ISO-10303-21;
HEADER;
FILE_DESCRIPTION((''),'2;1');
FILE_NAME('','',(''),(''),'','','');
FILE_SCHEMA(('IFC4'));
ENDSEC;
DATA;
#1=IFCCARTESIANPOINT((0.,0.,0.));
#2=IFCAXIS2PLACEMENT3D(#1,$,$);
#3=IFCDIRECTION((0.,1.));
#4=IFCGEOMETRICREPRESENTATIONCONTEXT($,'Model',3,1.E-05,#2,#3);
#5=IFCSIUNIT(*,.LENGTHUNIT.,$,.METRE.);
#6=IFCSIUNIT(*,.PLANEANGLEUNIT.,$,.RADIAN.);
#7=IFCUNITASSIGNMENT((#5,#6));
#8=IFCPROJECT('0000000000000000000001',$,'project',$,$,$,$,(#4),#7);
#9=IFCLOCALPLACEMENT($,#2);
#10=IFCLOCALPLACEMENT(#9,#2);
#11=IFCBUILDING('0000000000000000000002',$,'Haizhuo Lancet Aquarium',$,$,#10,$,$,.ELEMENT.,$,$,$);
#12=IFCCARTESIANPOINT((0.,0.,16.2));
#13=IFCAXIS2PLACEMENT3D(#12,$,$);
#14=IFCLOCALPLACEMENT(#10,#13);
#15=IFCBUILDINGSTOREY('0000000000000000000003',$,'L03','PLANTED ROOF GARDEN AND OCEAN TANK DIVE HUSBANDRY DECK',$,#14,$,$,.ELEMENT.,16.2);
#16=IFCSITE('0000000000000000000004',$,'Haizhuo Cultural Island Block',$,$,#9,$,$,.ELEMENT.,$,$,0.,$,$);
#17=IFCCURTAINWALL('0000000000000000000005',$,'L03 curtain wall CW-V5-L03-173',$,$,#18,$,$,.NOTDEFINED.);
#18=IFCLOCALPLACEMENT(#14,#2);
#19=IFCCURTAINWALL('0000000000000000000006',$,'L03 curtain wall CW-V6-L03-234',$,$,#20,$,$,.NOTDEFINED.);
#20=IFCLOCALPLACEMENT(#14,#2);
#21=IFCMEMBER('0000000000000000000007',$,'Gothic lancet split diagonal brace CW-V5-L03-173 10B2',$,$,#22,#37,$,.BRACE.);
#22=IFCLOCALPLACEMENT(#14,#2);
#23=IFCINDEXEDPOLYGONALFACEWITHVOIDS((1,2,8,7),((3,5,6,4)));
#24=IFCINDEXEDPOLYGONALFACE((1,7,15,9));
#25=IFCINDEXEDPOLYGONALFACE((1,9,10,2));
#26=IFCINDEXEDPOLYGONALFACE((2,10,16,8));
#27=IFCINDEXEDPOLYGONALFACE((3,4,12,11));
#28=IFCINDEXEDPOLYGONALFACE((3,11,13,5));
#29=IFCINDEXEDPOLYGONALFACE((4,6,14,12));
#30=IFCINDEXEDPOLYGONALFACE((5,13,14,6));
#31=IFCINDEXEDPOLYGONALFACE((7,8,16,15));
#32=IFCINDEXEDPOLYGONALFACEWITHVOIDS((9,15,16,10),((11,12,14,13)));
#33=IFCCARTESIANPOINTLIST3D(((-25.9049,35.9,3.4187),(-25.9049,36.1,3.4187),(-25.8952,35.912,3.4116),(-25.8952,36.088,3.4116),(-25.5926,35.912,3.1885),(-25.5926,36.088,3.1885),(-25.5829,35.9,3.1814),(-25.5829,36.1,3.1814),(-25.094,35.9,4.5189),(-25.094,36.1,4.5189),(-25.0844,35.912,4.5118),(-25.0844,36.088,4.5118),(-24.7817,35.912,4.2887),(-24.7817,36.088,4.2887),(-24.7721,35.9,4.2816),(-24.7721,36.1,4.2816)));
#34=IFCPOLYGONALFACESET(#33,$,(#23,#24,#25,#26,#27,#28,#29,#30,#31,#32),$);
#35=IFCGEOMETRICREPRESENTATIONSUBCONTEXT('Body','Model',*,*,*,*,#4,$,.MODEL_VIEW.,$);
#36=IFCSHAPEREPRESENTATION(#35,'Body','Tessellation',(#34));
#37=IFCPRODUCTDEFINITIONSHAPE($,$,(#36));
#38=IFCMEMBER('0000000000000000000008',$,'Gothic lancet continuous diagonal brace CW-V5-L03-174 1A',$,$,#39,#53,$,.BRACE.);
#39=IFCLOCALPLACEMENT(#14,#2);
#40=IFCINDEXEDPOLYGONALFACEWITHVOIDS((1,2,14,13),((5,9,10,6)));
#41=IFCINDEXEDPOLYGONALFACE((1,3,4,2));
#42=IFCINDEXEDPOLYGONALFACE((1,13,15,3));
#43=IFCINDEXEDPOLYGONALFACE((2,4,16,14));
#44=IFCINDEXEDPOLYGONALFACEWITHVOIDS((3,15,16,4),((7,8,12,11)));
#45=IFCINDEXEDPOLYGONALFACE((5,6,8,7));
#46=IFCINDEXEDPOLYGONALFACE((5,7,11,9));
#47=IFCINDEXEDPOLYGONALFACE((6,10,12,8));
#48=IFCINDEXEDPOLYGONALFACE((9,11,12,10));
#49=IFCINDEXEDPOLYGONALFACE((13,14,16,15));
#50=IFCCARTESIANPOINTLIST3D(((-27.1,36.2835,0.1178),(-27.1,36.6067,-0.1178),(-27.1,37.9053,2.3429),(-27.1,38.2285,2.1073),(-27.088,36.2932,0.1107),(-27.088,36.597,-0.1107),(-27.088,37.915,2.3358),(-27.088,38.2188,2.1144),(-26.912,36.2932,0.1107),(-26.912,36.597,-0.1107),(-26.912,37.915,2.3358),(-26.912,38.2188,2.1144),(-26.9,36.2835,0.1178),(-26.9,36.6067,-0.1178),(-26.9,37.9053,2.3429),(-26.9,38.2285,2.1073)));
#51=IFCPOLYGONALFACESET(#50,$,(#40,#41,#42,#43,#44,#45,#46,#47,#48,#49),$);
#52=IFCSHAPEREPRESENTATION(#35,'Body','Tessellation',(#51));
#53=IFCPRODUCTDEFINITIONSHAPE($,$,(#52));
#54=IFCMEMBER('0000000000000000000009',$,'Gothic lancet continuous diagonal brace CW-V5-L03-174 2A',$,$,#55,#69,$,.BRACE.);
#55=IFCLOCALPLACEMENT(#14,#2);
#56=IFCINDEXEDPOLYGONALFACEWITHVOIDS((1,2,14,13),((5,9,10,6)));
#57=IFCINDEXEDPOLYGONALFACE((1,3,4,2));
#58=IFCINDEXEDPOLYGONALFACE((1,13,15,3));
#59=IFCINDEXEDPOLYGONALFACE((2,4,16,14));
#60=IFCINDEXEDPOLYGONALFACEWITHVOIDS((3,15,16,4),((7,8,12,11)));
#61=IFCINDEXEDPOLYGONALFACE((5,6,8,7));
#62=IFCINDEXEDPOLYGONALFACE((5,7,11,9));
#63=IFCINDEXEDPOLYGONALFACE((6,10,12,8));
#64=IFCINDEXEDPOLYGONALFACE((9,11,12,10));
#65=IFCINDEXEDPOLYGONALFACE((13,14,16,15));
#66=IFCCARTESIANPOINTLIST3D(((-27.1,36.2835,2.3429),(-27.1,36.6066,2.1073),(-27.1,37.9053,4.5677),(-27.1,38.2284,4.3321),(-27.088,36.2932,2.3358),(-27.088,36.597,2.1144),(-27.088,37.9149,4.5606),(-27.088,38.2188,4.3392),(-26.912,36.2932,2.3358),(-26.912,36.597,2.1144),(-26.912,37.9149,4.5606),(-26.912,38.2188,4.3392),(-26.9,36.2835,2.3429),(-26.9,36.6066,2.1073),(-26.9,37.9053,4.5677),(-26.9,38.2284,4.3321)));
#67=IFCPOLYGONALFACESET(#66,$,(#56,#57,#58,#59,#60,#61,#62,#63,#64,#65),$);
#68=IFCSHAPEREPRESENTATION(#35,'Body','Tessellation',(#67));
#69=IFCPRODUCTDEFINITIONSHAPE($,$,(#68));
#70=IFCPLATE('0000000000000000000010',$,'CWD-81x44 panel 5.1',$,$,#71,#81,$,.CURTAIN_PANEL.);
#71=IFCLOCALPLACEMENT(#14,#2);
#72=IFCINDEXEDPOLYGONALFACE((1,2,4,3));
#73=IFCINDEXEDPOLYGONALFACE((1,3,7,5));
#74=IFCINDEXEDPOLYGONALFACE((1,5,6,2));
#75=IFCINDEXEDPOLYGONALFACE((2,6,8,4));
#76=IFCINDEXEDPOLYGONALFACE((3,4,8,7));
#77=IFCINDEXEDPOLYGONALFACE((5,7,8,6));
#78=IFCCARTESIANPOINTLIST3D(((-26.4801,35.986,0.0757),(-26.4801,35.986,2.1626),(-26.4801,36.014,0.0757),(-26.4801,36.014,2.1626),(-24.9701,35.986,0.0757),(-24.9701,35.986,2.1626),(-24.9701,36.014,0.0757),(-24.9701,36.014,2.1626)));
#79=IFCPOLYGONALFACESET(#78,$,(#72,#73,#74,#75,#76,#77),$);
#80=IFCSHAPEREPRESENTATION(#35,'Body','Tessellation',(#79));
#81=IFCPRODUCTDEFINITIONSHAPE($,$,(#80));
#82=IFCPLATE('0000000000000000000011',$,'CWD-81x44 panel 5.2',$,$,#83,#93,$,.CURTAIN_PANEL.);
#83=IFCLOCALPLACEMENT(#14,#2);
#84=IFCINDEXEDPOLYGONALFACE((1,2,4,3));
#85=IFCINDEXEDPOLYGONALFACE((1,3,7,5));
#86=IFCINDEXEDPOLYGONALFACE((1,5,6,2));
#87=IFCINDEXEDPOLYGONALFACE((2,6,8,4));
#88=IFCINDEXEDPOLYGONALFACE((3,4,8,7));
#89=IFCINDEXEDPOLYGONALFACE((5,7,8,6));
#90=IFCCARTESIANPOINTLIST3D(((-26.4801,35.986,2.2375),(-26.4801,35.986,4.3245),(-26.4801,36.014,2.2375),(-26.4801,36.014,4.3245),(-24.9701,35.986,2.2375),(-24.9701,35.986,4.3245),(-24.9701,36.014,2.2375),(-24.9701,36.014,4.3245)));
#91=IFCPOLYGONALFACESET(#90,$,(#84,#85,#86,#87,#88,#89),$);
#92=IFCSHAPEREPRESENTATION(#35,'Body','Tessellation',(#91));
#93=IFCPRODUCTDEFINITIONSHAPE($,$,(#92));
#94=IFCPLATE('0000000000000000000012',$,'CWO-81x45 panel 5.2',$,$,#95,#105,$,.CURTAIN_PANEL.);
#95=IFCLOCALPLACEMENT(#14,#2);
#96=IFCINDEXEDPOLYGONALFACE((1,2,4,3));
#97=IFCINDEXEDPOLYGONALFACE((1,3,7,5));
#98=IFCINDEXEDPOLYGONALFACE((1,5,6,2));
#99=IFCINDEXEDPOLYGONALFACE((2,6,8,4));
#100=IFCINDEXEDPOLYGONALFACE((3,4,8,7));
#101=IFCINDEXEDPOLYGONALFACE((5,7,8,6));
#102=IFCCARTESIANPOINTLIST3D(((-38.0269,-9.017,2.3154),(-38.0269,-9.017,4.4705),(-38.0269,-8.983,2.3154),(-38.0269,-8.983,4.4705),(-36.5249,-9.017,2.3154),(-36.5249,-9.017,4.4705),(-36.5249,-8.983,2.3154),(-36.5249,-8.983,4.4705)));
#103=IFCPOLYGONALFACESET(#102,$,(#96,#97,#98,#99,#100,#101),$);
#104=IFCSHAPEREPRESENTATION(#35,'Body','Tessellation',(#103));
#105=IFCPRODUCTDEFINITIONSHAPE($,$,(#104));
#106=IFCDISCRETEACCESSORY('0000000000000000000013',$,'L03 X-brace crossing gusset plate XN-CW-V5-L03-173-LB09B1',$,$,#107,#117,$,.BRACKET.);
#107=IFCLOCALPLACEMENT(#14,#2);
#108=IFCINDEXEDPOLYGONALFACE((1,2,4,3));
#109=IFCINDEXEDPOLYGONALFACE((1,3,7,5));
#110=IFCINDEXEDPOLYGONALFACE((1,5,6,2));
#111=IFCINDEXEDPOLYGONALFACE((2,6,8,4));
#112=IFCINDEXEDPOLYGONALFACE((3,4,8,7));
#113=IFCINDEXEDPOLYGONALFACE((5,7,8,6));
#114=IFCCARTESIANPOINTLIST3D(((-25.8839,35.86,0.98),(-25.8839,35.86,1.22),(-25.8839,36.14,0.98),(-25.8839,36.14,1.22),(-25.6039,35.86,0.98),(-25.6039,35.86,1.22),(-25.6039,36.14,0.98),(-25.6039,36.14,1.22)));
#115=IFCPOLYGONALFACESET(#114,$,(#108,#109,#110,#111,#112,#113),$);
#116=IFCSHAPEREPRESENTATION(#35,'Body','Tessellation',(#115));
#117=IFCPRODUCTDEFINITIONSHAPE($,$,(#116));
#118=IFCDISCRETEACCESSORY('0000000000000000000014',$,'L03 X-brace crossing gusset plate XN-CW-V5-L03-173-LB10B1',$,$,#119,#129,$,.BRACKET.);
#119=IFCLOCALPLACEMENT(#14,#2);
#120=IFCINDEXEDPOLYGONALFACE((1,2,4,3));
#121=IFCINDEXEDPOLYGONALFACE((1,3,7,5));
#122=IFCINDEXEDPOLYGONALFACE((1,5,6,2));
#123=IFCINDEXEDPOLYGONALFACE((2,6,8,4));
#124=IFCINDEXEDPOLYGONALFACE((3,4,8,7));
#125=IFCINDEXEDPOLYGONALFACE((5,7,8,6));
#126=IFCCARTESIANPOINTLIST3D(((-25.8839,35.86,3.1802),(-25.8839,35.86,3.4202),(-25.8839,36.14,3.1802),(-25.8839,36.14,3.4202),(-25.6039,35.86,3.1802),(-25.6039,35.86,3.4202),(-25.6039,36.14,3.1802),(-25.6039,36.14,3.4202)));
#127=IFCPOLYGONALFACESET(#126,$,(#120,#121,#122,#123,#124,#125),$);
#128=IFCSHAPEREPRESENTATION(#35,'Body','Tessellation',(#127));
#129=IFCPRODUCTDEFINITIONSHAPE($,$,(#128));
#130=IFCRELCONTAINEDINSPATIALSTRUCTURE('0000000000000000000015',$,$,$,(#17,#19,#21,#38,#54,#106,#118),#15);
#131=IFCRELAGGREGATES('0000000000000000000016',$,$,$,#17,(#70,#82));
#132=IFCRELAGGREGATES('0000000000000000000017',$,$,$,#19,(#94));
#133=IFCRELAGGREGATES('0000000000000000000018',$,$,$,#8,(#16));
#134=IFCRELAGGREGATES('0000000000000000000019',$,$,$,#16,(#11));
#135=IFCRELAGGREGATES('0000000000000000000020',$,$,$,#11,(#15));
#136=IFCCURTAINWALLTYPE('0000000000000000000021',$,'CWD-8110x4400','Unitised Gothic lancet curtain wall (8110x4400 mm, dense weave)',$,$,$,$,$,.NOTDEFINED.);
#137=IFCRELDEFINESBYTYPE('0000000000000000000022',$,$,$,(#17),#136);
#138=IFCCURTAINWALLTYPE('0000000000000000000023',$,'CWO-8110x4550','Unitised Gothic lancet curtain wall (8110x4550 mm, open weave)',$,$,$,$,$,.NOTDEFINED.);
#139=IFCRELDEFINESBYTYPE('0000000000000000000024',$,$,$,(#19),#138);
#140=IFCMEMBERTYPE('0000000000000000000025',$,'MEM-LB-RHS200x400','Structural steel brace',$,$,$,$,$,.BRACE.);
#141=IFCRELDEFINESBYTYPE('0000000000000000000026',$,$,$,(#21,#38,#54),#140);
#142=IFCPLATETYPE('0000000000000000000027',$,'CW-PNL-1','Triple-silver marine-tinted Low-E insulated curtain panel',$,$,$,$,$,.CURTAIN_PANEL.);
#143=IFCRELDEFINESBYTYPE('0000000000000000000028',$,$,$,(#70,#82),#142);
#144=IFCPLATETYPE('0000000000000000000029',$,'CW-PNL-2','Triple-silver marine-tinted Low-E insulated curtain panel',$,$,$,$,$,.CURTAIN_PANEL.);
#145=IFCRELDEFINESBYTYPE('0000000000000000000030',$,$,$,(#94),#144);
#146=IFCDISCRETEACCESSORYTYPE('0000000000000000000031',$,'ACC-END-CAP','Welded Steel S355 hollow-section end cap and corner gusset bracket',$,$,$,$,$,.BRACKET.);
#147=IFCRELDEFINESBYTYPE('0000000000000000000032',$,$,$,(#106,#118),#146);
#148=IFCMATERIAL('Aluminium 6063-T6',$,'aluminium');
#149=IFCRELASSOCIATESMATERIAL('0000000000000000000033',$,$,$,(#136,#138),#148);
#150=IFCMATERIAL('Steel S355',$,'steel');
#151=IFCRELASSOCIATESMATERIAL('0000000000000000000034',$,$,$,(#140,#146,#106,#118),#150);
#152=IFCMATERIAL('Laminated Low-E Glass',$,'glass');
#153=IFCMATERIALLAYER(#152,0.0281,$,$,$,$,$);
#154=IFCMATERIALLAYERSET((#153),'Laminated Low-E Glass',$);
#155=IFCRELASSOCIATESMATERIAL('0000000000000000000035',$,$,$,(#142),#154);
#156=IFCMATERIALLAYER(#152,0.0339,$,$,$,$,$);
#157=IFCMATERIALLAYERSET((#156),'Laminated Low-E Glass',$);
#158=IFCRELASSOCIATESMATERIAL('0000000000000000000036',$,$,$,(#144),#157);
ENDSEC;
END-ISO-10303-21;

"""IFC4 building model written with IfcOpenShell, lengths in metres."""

from ifc_helpers import new_model, si_unit, direction, frame, origin, origin_2d, place, context, subcontext, project, spatial, rectangle, hollow_rectangle, extrude, material, layer, layer_set, material_profile, profile_set, type_object, element, aggregate, save


model = new_model("IFC4")

# Units and contexts
model_context = context("Model", 3, precision=1e-05, world=origin(), true_north=direction((0.0, 1.0)))
body_context = subcontext(model_context, "Body", "Model", "MODEL_VIEW")
ifc_project = project(units=[si_unit("LENGTHUNIT", "METRE"), si_unit("PLANEANGLEUNIT", "RADIAN")], contexts=[model_context])

# Site, building, storey
site_placement = place(None, origin())
site = spatial("IfcSite", under=ifc_project, at=site_placement, Name="Haizhuo Cultural Island Block", CompositionType="ELEMENT", RefElevation=0.0)
building_placement = place(site_placement, origin())
building = spatial("IfcBuilding", under=site, at=building_placement, Name="Haizhuo Lancet Aquarium", CompositionType="ELEMENT")
storey_placement = place(building_placement, frame((0.0, 0.0, 16.2)))
storey = spatial("IfcBuildingStorey", under=building, at=storey_placement, Name="L03", Description="PLANTED ROOF GARDEN AND OCEAN TANK DIVE HUSBANDRY DECK", CompositionType="ELEMENT", Elevation=16.2)

# Curtain wall
ifc_material_1 = material(Name="Aluminium 6063-T6", Category="aluminium")
curtain_wall_type_1 = type_object("IfcCurtainWallType", Name="CWD-8110x4400", Description="Unitised Gothic lancet curtain wall (8110x4400 mm, dense weave)", PredefinedType="NOTDEFINED", material=ifc_material_1)
curtain_wall_1_placement = place(storey_placement, origin())
curtain_wall_1 = element("IfcCurtainWall", 1, at=curtain_wall_1_placement, inside=storey, type_object=curtain_wall_type_1, Name="L03 curtain wall CW-V5-L03-173", PredefinedType="NOTDEFINED")

# Curtain wall
curtain_wall_type_2 = type_object("IfcCurtainWallType", Name="CWO-8110x4550", Description="Unitised Gothic lancet curtain wall (8110x4550 mm, open weave)", PredefinedType="NOTDEFINED", material=ifc_material_1)
curtain_wall_2_placement = place(storey_placement, origin())
curtain_wall_2 = element("IfcCurtainWall", 2, at=curtain_wall_2_placement, inside=storey, type_object=curtain_wall_type_2, Name="L03 curtain wall CW-V6-L03-234", PredefinedType="NOTDEFINED")

# Members
ifc_material_2 = material(Name="Steel S355", Category="steel")
ifc_material_profile_1 = material_profile(ifc_material_2, hollow_rectangle(XDim=0.2, YDim=0.3999, WallThickness=0.012, at=origin_2d()), Name="RHS 200x400x12")
ifc_profile_set_1 = profile_set([ifc_material_profile_1], Name="Steel S355")
member_type_1 = type_object("IfcMemberType", Name="MEM-LB-RHS200x400", Description="Structural steel brace", PredefinedType="BRACE", material=ifc_profile_set_1)
for number, where, z_axis, x_axis, name in (
    (3, (-25.7439, 36.0, 3.3), (0.59329, 0.0, 0.804988), (0.0, 1.0, 0.0), "Gothic lancet split diagonal brace CW-V5-L03-173 10B2"),
):
    element("IfcMember", number, at=place(storey_placement, frame(where, z_axis=z_axis, x_axis=x_axis)), inside=storey, type_object=member_type_1, Name=name, PredefinedType="BRACE", context=body_context, shape_type="SweptSolid", body=[
        extrude(hollow_rectangle(XDim=0.2, YDim=0.3999, WallThickness=0.012, at=origin_2d()), origin(), (0.0, 0.0, 1.0), 1.3667),
    ])
member_1_placement = place(storey_placement, frame((-27.0, 36.4451, 0.0), z_axis=(0.0, 0.58902, 0.808118), x_axis=(-1.0, 0.0, 0.0)))
element("IfcMember", 4, at=member_1_placement, inside=storey, type_object=member_type_1, Name="Gothic lancet continuous diagonal brace CW-V5-L03-174 1A", PredefinedType="BRACE", context=body_context, shape_type="SweptSolid", body=[
    extrude(hollow_rectangle(XDim=0.2, YDim=0.3999, WallThickness=0.012, at=origin_2d()), origin(), (0.0, 0.0, 1.0), 2.7534),
])
member_2_placement = place(storey_placement, frame((-27.0, 36.4451, 2.2251), z_axis=(0.0, 0.589062, 0.808088), x_axis=(-1.0, 0.0, 0.0)))
element("IfcMember", 5, at=member_2_placement, inside=storey, type_object=member_type_1, Name="Gothic lancet continuous diagonal brace CW-V5-L03-174 2A", PredefinedType="BRACE", context=body_context, shape_type="SweptSolid", body=[
    extrude(hollow_rectangle(XDim=0.2, YDim=0.3999, WallThickness=0.012, at=origin_2d()), origin(), (0.0, 0.0, 1.0), 2.7532),
])

# Plates
ifc_material_3 = material(Name="Laminated Low-E Glass", Category="glass")
ifc_layer_1 = layer(ifc_material_3, 0.0281)
ifc_layer_set_1 = layer_set([ifc_layer_1], Name="Laminated Low-E Glass")
plate_type_1 = type_object("IfcPlateType", Name="CW-PNL-1", Description="Triple-silver marine-tinted Low-E insulated curtain panel", PredefinedType="CURTAIN_PANEL", material=ifc_layer_set_1)
plate_1_placement = place(storey_placement, frame((-25.7251, 36.0, 0.0757), z_axis=(0.0, 0.0, 1.0), x_axis=(-1.0, 0.0, 0.0)))
plate_1 = element("IfcPlate", 6, at=plate_1_placement, type_object=plate_type_1, Name="CWD-81x44 panel 5.1", PredefinedType="CURTAIN_PANEL", context=body_context, shape_type="SweptSolid", body=[
    extrude(rectangle(XDim=1.51, YDim=0.0281, at=origin_2d()), origin(), (0.0, 0.0, 1.0), 2.0869),
])
plate_2_placement = place(storey_placement, frame((-25.7251, 36.0, 2.2375), z_axis=(0.0, 0.0, 1.0), x_axis=(-1.0, 0.0, 0.0)))
plate_2 = element("IfcPlate", 7, at=plate_2_placement, type_object=plate_type_1, Name="CWD-81x44 panel 5.2", PredefinedType="CURTAIN_PANEL", context=body_context, shape_type="SweptSolid", body=[
    extrude(rectangle(XDim=1.51, YDim=0.0281, at=origin_2d()), origin(), (0.0, 0.0, 1.0), 2.0869),
])
aggregate(curtain_wall_1, [plate_1, plate_2])
ifc_layer_2 = layer(ifc_material_3, 0.0339)
ifc_layer_set_2 = layer_set([ifc_layer_2], Name="Laminated Low-E Glass")
plate_type_2 = type_object("IfcPlateType", Name="CW-PNL-2", Description="Triple-silver marine-tinted Low-E insulated curtain panel", PredefinedType="CURTAIN_PANEL", material=ifc_layer_set_2)
plate_3_placement = place(storey_placement, frame((-37.2759, -9.0, 2.3154), z_axis=(0.0, 0.0, 1.0), x_axis=(1.0, 0.0, 0.0)))
plate_3 = element("IfcPlate", 8, at=plate_3_placement, type_object=plate_type_2, Name="CWO-81x45 panel 5.2", PredefinedType="CURTAIN_PANEL", context=body_context, shape_type="SweptSolid", body=[
    extrude(rectangle(XDim=1.502, YDim=0.0339, at=origin_2d()), origin(), (0.0, 0.0, 1.0), 2.155),
])
aggregate(curtain_wall_2, [plate_3])

# Discrete accessories
discrete_accessory_type = type_object("IfcDiscreteAccessoryType", Name="ACC-END-CAP", Description="Welded Steel S355 hollow-section end cap and corner gusset bracket", PredefinedType="BRACKET", material=ifc_material_2)
for number, where, z_axis, x_axis, name in (
    (9, (-25.7439, 36.0, 0.98), (0.0, 0.0, 1.0), (1.0, 0.0, 0.0), "L03 X-brace crossing gusset plate XN-CW-V5-L03-173-LB09B1"),
    (10, (-25.7439, 36.0, 3.1802), (0.0, 0.0, 1.0), (1.0, 0.0, 0.0), "L03 X-brace crossing gusset plate XN-CW-V5-L03-173-LB10B1"),
):
    element("IfcDiscreteAccessory", number, at=place(storey_placement, frame(where, z_axis=z_axis, x_axis=x_axis)), inside=storey, type_object=discrete_accessory_type, material=ifc_material_2, Name=name, PredefinedType="BRACKET", context=body_context, shape_type="SweptSolid", body=[
        extrude(rectangle(XDim=0.28, YDim=0.28, at=origin_2d()), origin(), (0.0, 0.0, 1.0), 0.24),
    ])

save(model, "model.ifc")
